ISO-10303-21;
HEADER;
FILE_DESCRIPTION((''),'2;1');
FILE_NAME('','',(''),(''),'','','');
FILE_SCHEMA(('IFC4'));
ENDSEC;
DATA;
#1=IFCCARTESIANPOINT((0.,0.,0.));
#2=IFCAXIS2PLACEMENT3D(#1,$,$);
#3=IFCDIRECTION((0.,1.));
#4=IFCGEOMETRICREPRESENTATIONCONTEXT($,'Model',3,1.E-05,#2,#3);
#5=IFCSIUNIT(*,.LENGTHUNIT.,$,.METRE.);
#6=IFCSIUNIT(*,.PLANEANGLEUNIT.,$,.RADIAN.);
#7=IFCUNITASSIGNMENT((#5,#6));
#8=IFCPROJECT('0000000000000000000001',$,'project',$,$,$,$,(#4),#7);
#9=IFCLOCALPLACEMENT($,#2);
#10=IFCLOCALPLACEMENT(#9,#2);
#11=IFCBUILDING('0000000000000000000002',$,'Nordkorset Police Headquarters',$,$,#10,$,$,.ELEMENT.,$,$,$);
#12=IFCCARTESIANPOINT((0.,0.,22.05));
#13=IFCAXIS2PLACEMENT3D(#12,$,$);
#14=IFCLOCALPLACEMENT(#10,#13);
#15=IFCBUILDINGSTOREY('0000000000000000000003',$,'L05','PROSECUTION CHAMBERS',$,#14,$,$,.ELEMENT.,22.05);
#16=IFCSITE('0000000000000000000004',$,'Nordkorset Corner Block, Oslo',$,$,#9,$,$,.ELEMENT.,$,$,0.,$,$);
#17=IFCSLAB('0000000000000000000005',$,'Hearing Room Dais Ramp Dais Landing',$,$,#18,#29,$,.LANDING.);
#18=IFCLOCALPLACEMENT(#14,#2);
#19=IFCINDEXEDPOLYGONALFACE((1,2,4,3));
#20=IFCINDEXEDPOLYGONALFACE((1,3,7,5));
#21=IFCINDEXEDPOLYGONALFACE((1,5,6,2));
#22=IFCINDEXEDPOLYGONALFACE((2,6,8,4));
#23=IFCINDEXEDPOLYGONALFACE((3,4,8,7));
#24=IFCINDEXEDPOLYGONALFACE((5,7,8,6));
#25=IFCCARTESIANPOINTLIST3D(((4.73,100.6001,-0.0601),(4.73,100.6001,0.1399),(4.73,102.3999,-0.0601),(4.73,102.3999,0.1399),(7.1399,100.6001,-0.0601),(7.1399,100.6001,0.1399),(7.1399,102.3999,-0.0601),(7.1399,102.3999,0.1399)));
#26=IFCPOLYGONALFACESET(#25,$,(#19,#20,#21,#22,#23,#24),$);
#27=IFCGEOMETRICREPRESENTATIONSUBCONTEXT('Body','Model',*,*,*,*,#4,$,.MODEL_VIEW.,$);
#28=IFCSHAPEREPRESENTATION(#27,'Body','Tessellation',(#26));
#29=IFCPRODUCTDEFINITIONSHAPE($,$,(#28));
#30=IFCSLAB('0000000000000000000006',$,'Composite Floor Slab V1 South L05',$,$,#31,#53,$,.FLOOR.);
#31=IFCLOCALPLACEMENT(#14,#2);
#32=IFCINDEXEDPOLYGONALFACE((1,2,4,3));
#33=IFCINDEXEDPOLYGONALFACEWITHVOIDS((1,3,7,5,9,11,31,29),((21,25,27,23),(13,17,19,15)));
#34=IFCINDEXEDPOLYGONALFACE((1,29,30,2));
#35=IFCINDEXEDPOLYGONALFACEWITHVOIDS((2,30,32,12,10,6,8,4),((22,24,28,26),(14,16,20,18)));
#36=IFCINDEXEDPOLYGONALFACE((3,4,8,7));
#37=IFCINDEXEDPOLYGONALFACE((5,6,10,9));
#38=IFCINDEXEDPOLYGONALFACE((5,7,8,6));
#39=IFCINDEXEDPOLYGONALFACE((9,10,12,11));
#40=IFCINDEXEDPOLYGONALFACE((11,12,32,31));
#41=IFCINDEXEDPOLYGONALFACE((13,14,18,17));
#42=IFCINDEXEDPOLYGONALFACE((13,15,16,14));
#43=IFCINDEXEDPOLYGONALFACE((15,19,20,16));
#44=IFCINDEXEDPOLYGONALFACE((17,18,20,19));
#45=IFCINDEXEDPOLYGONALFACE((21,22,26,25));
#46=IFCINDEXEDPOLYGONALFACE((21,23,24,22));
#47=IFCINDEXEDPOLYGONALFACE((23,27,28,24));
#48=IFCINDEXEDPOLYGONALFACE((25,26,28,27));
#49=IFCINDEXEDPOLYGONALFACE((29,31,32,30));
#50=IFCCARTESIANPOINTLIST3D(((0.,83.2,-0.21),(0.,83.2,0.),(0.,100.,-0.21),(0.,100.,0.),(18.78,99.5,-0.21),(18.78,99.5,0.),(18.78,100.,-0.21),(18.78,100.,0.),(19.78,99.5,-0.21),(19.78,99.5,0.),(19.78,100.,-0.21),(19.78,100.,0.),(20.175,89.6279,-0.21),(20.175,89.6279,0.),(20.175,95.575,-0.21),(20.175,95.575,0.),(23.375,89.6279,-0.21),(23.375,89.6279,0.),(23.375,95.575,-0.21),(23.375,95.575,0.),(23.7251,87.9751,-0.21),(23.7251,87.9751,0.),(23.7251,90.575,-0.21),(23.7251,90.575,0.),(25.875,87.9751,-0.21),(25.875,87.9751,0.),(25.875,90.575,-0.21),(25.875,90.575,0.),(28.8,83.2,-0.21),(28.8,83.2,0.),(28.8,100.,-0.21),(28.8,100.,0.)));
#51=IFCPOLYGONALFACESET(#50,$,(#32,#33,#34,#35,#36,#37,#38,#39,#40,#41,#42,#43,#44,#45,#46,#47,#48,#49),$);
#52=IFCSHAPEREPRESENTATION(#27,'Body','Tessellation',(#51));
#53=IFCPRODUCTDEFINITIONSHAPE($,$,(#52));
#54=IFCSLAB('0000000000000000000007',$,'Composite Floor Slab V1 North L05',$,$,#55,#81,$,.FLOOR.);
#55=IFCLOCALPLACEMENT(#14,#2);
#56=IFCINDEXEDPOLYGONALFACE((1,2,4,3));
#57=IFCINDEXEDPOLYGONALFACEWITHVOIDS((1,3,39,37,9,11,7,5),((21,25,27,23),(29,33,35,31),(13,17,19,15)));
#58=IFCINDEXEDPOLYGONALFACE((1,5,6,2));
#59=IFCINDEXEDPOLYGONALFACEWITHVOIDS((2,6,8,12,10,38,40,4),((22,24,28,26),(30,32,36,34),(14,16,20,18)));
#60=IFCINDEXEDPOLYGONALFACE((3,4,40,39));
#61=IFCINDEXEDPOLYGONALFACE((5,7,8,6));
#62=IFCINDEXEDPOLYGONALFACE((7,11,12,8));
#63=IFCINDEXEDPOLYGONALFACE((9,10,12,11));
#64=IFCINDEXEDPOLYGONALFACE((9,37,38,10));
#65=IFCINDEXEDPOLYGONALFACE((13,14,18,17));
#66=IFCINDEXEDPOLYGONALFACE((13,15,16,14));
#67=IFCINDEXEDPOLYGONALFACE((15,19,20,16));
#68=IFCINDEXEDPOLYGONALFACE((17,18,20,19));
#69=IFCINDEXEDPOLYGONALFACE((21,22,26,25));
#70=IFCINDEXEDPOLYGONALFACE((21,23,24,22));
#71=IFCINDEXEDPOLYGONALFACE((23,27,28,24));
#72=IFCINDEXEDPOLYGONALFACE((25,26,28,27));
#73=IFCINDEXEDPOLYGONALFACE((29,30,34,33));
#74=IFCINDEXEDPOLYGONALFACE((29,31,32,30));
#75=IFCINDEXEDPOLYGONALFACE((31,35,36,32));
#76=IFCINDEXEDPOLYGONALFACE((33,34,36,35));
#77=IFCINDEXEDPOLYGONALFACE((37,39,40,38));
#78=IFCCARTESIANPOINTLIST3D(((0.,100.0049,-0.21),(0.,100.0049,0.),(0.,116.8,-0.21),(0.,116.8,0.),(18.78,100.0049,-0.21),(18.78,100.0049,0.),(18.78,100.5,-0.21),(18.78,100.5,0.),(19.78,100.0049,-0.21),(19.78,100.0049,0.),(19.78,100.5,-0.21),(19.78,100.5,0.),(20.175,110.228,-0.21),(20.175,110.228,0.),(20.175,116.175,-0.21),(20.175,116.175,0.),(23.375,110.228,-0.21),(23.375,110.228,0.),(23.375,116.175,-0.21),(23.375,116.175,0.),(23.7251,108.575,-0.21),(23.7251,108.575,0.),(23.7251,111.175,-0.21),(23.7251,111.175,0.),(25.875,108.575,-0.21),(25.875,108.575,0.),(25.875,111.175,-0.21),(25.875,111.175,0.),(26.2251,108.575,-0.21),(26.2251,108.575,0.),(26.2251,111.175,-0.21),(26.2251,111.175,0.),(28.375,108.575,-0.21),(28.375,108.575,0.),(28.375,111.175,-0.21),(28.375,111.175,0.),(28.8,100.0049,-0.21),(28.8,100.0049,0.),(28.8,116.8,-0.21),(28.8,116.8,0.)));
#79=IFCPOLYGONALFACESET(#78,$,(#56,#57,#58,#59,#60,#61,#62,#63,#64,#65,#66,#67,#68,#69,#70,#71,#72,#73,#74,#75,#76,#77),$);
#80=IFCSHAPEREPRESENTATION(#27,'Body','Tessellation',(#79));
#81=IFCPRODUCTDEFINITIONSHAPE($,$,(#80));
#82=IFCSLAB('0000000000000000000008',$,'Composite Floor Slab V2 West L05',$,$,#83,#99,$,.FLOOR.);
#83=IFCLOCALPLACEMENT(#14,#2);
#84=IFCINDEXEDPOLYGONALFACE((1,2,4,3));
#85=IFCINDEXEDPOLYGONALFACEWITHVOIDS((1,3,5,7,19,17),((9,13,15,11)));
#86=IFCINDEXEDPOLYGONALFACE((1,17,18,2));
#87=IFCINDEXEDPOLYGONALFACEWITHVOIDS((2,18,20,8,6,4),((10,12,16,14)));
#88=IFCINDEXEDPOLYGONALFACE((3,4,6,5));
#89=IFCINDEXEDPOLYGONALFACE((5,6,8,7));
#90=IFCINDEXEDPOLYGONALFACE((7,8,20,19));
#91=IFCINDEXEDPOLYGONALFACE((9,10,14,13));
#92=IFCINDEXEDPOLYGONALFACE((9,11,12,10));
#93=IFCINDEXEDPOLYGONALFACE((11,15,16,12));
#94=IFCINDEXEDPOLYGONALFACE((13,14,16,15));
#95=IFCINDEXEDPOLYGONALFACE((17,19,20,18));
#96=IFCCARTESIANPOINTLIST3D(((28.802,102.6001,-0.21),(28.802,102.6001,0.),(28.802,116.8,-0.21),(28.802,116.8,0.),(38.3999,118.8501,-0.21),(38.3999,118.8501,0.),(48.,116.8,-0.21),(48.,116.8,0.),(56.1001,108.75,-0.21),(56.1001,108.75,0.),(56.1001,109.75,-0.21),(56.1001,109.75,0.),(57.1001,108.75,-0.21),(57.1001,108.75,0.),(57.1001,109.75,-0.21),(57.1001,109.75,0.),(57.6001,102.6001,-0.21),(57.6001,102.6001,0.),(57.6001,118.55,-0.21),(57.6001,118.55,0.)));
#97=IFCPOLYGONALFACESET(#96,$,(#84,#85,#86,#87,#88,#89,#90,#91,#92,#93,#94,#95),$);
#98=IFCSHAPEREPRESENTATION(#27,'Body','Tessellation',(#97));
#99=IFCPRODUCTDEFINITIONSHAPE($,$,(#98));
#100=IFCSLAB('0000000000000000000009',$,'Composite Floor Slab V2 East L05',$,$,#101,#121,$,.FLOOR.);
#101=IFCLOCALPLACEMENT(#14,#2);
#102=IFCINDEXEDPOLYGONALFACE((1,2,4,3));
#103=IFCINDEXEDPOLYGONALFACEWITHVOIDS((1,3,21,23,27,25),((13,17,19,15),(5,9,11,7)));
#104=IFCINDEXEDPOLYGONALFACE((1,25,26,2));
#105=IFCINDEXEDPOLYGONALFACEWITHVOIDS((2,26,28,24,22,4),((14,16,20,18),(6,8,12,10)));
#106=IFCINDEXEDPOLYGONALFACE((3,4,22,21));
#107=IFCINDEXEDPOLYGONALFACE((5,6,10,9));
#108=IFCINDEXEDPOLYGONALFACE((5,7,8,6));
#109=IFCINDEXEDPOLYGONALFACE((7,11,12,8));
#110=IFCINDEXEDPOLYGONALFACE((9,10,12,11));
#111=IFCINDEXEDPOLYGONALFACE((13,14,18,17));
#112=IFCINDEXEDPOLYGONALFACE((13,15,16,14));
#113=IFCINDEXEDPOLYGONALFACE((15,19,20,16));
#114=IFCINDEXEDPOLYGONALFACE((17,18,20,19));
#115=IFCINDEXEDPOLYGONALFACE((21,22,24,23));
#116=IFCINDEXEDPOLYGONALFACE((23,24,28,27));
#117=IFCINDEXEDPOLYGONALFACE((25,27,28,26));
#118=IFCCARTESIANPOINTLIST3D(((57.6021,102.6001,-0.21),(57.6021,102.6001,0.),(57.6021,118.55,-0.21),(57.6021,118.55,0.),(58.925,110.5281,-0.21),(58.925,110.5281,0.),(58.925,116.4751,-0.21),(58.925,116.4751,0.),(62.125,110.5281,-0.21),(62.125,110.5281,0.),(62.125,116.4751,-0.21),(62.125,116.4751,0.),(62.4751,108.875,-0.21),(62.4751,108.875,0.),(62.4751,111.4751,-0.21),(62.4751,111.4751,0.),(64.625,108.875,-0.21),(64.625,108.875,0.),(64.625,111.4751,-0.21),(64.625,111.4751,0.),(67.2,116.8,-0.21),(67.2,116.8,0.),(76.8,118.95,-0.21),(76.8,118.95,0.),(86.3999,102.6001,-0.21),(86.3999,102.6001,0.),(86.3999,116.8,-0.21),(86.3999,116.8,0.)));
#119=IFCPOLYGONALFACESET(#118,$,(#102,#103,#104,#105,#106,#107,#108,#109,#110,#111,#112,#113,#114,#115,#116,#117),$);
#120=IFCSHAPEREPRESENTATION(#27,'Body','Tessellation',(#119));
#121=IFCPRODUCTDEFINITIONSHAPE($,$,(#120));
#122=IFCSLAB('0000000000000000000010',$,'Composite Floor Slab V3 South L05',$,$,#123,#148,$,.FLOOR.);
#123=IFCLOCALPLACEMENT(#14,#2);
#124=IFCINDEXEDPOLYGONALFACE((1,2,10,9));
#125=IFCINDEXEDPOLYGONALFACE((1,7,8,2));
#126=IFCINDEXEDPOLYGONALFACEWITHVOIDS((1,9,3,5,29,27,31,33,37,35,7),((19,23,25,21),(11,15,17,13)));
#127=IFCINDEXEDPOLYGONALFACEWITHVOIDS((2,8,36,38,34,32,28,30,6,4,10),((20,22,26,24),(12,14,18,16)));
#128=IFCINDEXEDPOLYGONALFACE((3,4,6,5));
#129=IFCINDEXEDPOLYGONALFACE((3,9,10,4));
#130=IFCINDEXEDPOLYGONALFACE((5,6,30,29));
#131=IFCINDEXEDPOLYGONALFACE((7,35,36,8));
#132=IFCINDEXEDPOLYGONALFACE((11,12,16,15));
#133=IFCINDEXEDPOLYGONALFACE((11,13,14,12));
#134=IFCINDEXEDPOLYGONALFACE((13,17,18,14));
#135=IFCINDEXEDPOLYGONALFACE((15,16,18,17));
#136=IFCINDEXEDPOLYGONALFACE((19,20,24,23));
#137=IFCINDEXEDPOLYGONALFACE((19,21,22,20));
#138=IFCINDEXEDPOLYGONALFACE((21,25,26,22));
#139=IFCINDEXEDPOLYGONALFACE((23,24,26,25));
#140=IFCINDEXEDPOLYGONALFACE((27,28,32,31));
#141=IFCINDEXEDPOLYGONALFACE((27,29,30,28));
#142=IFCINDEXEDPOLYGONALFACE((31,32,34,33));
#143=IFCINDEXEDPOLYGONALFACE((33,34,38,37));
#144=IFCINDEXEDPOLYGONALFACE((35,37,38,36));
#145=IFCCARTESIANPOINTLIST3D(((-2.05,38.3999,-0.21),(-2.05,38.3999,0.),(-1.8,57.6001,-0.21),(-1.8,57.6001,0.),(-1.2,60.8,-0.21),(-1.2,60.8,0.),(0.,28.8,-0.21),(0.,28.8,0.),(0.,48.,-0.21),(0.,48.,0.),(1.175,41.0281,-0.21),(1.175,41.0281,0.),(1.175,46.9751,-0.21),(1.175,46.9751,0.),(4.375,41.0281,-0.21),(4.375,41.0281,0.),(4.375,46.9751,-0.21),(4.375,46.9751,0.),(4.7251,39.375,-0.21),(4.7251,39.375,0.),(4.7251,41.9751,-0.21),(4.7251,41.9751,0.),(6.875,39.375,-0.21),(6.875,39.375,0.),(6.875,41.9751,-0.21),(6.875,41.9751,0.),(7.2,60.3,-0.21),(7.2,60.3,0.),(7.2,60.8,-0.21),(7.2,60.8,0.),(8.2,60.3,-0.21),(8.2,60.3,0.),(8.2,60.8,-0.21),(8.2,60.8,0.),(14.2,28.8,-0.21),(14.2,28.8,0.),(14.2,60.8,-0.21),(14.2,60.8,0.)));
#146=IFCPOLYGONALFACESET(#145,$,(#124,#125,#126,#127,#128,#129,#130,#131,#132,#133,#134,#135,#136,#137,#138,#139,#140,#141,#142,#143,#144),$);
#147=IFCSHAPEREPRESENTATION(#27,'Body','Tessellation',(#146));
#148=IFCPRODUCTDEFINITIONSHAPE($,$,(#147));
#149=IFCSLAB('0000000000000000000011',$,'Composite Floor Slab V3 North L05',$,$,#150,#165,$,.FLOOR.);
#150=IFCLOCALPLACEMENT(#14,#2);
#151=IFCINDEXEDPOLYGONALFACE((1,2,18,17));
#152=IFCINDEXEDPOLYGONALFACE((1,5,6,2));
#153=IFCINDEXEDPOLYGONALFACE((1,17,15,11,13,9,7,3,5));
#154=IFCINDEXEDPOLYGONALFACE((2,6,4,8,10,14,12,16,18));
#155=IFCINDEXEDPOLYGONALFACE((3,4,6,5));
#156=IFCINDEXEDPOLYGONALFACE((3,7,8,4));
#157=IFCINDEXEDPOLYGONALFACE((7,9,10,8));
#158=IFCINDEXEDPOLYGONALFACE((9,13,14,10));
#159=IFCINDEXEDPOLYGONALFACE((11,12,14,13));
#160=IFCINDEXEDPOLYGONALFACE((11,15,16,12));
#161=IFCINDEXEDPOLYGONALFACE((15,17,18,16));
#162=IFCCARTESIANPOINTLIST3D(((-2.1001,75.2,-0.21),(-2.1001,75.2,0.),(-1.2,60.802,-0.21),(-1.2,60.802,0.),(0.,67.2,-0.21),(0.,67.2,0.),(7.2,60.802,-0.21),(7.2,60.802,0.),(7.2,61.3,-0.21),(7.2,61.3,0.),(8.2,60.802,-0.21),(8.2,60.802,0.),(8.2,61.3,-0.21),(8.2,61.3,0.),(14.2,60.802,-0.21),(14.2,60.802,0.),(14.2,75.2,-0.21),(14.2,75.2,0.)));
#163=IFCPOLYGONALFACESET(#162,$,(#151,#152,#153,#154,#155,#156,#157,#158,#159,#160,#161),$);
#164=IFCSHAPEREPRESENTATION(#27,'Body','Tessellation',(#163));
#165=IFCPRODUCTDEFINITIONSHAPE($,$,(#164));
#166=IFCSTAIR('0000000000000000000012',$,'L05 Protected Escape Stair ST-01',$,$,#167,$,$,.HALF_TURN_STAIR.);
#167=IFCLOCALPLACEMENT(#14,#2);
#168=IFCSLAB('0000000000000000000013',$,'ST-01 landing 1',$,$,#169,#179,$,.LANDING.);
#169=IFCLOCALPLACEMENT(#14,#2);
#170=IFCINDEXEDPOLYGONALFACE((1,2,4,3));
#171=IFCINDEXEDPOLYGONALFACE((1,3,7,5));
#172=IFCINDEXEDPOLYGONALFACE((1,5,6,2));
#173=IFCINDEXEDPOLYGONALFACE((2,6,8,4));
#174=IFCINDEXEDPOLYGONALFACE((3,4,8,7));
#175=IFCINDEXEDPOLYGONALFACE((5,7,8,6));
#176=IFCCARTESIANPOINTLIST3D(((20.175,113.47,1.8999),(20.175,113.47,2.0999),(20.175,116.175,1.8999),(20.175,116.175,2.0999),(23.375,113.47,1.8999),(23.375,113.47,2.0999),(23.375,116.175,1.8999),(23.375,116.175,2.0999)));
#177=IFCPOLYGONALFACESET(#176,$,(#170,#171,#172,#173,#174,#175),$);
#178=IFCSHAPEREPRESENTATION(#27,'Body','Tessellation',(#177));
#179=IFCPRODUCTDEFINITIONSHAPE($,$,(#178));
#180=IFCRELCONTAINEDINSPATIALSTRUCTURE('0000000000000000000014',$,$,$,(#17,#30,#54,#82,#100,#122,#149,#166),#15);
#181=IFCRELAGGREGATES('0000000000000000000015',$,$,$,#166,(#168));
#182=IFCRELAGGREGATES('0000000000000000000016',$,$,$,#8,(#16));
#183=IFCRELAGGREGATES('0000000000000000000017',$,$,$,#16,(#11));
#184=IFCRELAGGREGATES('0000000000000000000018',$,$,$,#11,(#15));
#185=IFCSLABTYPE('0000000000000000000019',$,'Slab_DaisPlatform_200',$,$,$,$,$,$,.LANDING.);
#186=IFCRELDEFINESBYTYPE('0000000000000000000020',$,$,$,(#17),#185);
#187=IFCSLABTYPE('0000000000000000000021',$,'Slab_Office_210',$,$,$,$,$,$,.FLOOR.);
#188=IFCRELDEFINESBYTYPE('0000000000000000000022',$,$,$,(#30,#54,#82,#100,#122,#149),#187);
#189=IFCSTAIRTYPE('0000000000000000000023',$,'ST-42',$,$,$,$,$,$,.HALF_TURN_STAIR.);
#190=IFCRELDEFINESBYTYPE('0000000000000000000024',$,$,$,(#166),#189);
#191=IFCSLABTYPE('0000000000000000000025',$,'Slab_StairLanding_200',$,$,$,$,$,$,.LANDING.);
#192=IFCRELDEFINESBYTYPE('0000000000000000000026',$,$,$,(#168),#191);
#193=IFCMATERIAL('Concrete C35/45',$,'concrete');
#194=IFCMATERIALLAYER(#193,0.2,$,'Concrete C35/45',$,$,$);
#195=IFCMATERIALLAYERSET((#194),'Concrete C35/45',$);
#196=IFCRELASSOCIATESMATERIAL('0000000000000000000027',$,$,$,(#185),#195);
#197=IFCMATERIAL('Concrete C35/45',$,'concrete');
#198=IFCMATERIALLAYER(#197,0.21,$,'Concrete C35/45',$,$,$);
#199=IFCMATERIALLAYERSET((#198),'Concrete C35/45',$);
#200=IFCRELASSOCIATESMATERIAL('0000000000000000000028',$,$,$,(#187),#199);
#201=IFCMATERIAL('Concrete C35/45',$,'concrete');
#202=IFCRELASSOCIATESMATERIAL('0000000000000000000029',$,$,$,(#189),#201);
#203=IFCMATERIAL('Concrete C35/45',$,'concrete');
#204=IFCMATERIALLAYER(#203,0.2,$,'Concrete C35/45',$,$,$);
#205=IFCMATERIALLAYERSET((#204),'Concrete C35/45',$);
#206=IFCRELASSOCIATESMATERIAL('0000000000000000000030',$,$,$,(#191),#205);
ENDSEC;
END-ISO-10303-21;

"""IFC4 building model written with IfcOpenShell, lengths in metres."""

from ifc_helpers import new_model, si_unit, direction, frame, origin, place, context, subcontext, project, spatial, polyline, outline, extrude, material, layer, layer_set, type_object, element, aggregate, save


model = new_model("IFC4")

# Units and contexts
model_context = context("Model", 3, precision=1e-05, world=origin(), true_north=direction((0.0, 1.0)))
body_context = subcontext(model_context, "Body", "Model", "MODEL_VIEW")
ifc_project = project(units=[si_unit("LENGTHUNIT", "METRE"), si_unit("PLANEANGLEUNIT", "RADIAN")], contexts=[model_context])

# Site, building, storey
site_placement = place(None, origin())
site = spatial("IfcSite", under=ifc_project, at=site_placement, Name="Nordkorset Corner Block, Oslo", CompositionType="ELEMENT", RefElevation=0.0)
building_placement = place(site_placement, origin())
building = spatial("IfcBuilding", under=site, at=building_placement, Name="Nordkorset Police Headquarters", CompositionType="ELEMENT")
storey_placement = place(building_placement, frame((0.0, 0.0, 22.05)))
storey = spatial("IfcBuildingStorey", under=building, at=storey_placement, Name="L05", Description="PROSECUTION CHAMBERS", CompositionType="ELEMENT", Elevation=22.05)

# Slabs
ifc_material_1 = material(Name="Concrete C35/45", Category="concrete")
ifc_layer_1 = layer(ifc_material_1, 0.2, Name="Concrete C35/45")
ifc_layer_set_1 = layer_set([ifc_layer_1], Name="Concrete C35/45")
slab_type_1 = type_object("IfcSlabType", Name="Slab_DaisPlatform_200", PredefinedType="LANDING", material=ifc_layer_set_1)
slab_1_placement = place(storey_placement, frame((0.0, 0.0, -0.0601)))
element("IfcSlab", 1, at=slab_1_placement, inside=storey, type_object=slab_type_1, Name="Hearing Room Dais Ramp Dais Landing", PredefinedType="LANDING", context=body_context, shape_type="SweptSolid", body=[
    extrude(outline(polyline([(4.73, 100.6001), (7.1399, 100.6001), (7.1399, 102.3999), (4.73, 102.3999), (4.73, 100.6001)])), origin(), (0.0, 0.0, 1.0), 0.2),
])
ifc_material_2 = material(Name="Concrete C35/45", Category="concrete")
ifc_layer_2 = layer(ifc_material_2, 0.21, Name="Concrete C35/45")
ifc_layer_set_2 = layer_set([ifc_layer_2], Name="Concrete C35/45")
slab_type_2 = type_object("IfcSlabType", Name="Slab_Office_210", PredefinedType="FLOOR", material=ifc_layer_set_2)
slab_2_placement = place(storey_placement, frame((0.0, 0.0, -0.21)))
element("IfcSlab", 2, at=slab_2_placement, inside=storey, type_object=slab_type_2, Name="Composite Floor Slab V1 South L05", PredefinedType="FLOOR", context=body_context, shape_type="SweptSolid", body=[
    extrude(outline(polyline([(18.78, 100.0), (18.78, 99.5), (19.78, 99.5), (19.78, 100.0), (28.8, 100.0), (28.8, 83.2), (0.0, 83.2), (0.0, 100.0), (18.78, 100.0)]), holes=[polyline([(20.175, 95.575), (20.175, 89.6279), (23.375, 89.6279), (23.375, 95.575), (20.175, 95.575)]), polyline([(25.875, 90.575), (23.7251, 90.575), (23.7251, 87.9751), (25.875, 87.9751), (25.875, 90.575)])]), origin(), (0.0, 0.0, 1.0), 0.21),
])
slab_3_placement = place(storey_placement, frame((0.0, 0.0, -0.21)))
element("IfcSlab", 3, at=slab_3_placement, inside=storey, type_object=slab_type_2, Name="Composite Floor Slab V1 North L05", PredefinedType="FLOOR", context=body_context, shape_type="SweptSolid", body=[
    extrude(outline(polyline([(28.8, 100.0049), (19.78, 100.0049), (19.78, 100.5), (18.78, 100.5), (18.78, 100.0049), (0.0, 100.0049), (0.0, 116.8), (28.8, 116.8), (28.8, 100.0049)]), holes=[polyline([(20.175, 110.228), (23.375, 110.228), (23.375, 116.175), (20.175, 116.175), (20.175, 110.228)]), polyline([(23.7251, 111.175), (23.7251, 108.575), (25.875, 108.575), (25.875, 111.175), (23.7251, 111.175)]), polyline([(28.375, 111.175), (26.2251, 111.175), (26.2251, 108.575), (28.375, 108.575), (28.375, 111.175)])]), origin(), (0.0, 0.0, 1.0), 0.21),
])
slab_4_placement = place(storey_placement, frame((0.0, 0.0, -0.21)))
element("IfcSlab", 4, at=slab_4_placement, inside=storey, type_object=slab_type_2, Name="Composite Floor Slab V2 West L05", PredefinedType="FLOOR", context=body_context, shape_type="SweptSolid", body=[
    extrude(outline(polyline([(28.802, 116.8), (38.3999, 118.8501), (48.0, 116.8), (57.6001, 118.55), (57.6001, 102.6001), (28.802, 102.6001), (28.802, 116.8)]), holes=[polyline([(57.1001, 109.75), (56.1001, 109.75), (56.1001, 108.75), (57.1001, 108.75), (57.1001, 109.75)])]), origin(), (0.0, 0.0, 1.0), 0.21),
])
slab_5_placement = place(storey_placement, frame((0.0, 0.0, -0.21)))
element("IfcSlab", 5, at=slab_5_placement, inside=storey, type_object=slab_type_2, Name="Composite Floor Slab V2 East L05", PredefinedType="FLOOR", context=body_context, shape_type="SweptSolid", body=[
    extrude(outline(polyline([(67.2, 116.8), (76.8, 118.95), (86.3999, 116.8), (86.3999, 102.6001), (57.6021, 102.6001), (57.6021, 118.55), (67.2, 116.8)]), holes=[polyline([(58.925, 116.4751), (58.925, 110.5281), (62.125, 110.5281), (62.125, 116.4751), (58.925, 116.4751)]), polyline([(64.625, 111.4751), (62.4751, 111.4751), (62.4751, 108.875), (64.625, 108.875), (64.625, 111.4751)])]), origin(), (0.0, 0.0, 1.0), 0.21),
])
slab_6_placement = place(storey_placement, frame((0.0, 0.0, -0.21)))
element("IfcSlab", 6, at=slab_6_placement, inside=storey, type_object=slab_type_2, Name="Composite Floor Slab V3 South L05", PredefinedType="FLOOR", context=body_context, shape_type="SweptSolid", body=[
    extrude(outline(polyline([(0.0, 48.0), (-1.8, 57.6001), (-1.2, 60.8), (7.2, 60.8), (7.2, 60.3), (8.2, 60.3), (8.2, 60.8), (14.2, 60.8), (14.2, 28.8), (0.0, 28.8), (-2.05, 38.3999), (0.0, 48.0)]), holes=[polyline([(1.175, 46.9751), (1.175, 41.0281), (4.375, 41.0281), (4.375, 46.9751), (1.175, 46.9751)]), polyline([(6.875, 41.9751), (4.7251, 41.9751), (4.7251, 39.375), (6.875, 39.375), (6.875, 41.9751)])]), origin(), (0.0, 0.0, 1.0), 0.21),
])
slab_7_placement = place(storey_placement, frame((0.0, 0.0, -0.21)))
element("IfcSlab", 7, at=slab_7_placement, inside=storey, type_object=slab_type_2, Name="Composite Floor Slab V3 North L05", PredefinedType="FLOOR", context=body_context, shape_type="SweptSolid", body=[
    extrude(outline(polyline([(-1.2, 60.802), (7.2, 60.802), (7.2, 61.3), (8.2, 61.3), (8.2, 60.802), (14.2, 60.802), (14.2, 75.2), (-2.1001, 75.2), (0.0, 67.2), (-1.2, 60.802)])), origin(), (0.0, 0.0, 1.0), 0.21),
])

# Stair, slab
ifc_material_3 = material(Name="Concrete C35/45", Category="concrete")
stair_type = type_object("IfcStairType", Name="ST-42", PredefinedType="HALF_TURN_STAIR", material=ifc_material_3)
stair_1_placement = place(storey_placement, origin())
stair_1 = element("IfcStair", 8, at=stair_1_placement, inside=storey, type_object=stair_type, Name="L05 Protected Escape Stair ST-01", PredefinedType="HALF_TURN_STAIR")
ifc_material_4 = material(Name="Concrete C35/45", Category="concrete")
ifc_layer_3 = layer(ifc_material_4, 0.2, Name="Concrete C35/45")
ifc_layer_set_3 = layer_set([ifc_layer_3], Name="Concrete C35/45")
slab_type_3 = type_object("IfcSlabType", Name="Slab_StairLanding_200", PredefinedType="LANDING", material=ifc_layer_set_3)
slab_8_placement = place(storey_placement, frame((0.0, 0.0, 1.8999)))
slab_8 = element("IfcSlab", 9, at=slab_8_placement, type_object=slab_type_3, Name="ST-01 landing 1", PredefinedType="LANDING", context=body_context, shape_type="SweptSolid", body=[
    extrude(outline(polyline([(23.375, 113.47), (23.375, 116.175), (20.175, 116.175), (20.175, 113.47), (23.375, 113.47)])), origin(), (0.0, 0.0, 1.0), 0.2),
])
aggregate(stair_1, [slab_8])

save(model, "model.ifc")
